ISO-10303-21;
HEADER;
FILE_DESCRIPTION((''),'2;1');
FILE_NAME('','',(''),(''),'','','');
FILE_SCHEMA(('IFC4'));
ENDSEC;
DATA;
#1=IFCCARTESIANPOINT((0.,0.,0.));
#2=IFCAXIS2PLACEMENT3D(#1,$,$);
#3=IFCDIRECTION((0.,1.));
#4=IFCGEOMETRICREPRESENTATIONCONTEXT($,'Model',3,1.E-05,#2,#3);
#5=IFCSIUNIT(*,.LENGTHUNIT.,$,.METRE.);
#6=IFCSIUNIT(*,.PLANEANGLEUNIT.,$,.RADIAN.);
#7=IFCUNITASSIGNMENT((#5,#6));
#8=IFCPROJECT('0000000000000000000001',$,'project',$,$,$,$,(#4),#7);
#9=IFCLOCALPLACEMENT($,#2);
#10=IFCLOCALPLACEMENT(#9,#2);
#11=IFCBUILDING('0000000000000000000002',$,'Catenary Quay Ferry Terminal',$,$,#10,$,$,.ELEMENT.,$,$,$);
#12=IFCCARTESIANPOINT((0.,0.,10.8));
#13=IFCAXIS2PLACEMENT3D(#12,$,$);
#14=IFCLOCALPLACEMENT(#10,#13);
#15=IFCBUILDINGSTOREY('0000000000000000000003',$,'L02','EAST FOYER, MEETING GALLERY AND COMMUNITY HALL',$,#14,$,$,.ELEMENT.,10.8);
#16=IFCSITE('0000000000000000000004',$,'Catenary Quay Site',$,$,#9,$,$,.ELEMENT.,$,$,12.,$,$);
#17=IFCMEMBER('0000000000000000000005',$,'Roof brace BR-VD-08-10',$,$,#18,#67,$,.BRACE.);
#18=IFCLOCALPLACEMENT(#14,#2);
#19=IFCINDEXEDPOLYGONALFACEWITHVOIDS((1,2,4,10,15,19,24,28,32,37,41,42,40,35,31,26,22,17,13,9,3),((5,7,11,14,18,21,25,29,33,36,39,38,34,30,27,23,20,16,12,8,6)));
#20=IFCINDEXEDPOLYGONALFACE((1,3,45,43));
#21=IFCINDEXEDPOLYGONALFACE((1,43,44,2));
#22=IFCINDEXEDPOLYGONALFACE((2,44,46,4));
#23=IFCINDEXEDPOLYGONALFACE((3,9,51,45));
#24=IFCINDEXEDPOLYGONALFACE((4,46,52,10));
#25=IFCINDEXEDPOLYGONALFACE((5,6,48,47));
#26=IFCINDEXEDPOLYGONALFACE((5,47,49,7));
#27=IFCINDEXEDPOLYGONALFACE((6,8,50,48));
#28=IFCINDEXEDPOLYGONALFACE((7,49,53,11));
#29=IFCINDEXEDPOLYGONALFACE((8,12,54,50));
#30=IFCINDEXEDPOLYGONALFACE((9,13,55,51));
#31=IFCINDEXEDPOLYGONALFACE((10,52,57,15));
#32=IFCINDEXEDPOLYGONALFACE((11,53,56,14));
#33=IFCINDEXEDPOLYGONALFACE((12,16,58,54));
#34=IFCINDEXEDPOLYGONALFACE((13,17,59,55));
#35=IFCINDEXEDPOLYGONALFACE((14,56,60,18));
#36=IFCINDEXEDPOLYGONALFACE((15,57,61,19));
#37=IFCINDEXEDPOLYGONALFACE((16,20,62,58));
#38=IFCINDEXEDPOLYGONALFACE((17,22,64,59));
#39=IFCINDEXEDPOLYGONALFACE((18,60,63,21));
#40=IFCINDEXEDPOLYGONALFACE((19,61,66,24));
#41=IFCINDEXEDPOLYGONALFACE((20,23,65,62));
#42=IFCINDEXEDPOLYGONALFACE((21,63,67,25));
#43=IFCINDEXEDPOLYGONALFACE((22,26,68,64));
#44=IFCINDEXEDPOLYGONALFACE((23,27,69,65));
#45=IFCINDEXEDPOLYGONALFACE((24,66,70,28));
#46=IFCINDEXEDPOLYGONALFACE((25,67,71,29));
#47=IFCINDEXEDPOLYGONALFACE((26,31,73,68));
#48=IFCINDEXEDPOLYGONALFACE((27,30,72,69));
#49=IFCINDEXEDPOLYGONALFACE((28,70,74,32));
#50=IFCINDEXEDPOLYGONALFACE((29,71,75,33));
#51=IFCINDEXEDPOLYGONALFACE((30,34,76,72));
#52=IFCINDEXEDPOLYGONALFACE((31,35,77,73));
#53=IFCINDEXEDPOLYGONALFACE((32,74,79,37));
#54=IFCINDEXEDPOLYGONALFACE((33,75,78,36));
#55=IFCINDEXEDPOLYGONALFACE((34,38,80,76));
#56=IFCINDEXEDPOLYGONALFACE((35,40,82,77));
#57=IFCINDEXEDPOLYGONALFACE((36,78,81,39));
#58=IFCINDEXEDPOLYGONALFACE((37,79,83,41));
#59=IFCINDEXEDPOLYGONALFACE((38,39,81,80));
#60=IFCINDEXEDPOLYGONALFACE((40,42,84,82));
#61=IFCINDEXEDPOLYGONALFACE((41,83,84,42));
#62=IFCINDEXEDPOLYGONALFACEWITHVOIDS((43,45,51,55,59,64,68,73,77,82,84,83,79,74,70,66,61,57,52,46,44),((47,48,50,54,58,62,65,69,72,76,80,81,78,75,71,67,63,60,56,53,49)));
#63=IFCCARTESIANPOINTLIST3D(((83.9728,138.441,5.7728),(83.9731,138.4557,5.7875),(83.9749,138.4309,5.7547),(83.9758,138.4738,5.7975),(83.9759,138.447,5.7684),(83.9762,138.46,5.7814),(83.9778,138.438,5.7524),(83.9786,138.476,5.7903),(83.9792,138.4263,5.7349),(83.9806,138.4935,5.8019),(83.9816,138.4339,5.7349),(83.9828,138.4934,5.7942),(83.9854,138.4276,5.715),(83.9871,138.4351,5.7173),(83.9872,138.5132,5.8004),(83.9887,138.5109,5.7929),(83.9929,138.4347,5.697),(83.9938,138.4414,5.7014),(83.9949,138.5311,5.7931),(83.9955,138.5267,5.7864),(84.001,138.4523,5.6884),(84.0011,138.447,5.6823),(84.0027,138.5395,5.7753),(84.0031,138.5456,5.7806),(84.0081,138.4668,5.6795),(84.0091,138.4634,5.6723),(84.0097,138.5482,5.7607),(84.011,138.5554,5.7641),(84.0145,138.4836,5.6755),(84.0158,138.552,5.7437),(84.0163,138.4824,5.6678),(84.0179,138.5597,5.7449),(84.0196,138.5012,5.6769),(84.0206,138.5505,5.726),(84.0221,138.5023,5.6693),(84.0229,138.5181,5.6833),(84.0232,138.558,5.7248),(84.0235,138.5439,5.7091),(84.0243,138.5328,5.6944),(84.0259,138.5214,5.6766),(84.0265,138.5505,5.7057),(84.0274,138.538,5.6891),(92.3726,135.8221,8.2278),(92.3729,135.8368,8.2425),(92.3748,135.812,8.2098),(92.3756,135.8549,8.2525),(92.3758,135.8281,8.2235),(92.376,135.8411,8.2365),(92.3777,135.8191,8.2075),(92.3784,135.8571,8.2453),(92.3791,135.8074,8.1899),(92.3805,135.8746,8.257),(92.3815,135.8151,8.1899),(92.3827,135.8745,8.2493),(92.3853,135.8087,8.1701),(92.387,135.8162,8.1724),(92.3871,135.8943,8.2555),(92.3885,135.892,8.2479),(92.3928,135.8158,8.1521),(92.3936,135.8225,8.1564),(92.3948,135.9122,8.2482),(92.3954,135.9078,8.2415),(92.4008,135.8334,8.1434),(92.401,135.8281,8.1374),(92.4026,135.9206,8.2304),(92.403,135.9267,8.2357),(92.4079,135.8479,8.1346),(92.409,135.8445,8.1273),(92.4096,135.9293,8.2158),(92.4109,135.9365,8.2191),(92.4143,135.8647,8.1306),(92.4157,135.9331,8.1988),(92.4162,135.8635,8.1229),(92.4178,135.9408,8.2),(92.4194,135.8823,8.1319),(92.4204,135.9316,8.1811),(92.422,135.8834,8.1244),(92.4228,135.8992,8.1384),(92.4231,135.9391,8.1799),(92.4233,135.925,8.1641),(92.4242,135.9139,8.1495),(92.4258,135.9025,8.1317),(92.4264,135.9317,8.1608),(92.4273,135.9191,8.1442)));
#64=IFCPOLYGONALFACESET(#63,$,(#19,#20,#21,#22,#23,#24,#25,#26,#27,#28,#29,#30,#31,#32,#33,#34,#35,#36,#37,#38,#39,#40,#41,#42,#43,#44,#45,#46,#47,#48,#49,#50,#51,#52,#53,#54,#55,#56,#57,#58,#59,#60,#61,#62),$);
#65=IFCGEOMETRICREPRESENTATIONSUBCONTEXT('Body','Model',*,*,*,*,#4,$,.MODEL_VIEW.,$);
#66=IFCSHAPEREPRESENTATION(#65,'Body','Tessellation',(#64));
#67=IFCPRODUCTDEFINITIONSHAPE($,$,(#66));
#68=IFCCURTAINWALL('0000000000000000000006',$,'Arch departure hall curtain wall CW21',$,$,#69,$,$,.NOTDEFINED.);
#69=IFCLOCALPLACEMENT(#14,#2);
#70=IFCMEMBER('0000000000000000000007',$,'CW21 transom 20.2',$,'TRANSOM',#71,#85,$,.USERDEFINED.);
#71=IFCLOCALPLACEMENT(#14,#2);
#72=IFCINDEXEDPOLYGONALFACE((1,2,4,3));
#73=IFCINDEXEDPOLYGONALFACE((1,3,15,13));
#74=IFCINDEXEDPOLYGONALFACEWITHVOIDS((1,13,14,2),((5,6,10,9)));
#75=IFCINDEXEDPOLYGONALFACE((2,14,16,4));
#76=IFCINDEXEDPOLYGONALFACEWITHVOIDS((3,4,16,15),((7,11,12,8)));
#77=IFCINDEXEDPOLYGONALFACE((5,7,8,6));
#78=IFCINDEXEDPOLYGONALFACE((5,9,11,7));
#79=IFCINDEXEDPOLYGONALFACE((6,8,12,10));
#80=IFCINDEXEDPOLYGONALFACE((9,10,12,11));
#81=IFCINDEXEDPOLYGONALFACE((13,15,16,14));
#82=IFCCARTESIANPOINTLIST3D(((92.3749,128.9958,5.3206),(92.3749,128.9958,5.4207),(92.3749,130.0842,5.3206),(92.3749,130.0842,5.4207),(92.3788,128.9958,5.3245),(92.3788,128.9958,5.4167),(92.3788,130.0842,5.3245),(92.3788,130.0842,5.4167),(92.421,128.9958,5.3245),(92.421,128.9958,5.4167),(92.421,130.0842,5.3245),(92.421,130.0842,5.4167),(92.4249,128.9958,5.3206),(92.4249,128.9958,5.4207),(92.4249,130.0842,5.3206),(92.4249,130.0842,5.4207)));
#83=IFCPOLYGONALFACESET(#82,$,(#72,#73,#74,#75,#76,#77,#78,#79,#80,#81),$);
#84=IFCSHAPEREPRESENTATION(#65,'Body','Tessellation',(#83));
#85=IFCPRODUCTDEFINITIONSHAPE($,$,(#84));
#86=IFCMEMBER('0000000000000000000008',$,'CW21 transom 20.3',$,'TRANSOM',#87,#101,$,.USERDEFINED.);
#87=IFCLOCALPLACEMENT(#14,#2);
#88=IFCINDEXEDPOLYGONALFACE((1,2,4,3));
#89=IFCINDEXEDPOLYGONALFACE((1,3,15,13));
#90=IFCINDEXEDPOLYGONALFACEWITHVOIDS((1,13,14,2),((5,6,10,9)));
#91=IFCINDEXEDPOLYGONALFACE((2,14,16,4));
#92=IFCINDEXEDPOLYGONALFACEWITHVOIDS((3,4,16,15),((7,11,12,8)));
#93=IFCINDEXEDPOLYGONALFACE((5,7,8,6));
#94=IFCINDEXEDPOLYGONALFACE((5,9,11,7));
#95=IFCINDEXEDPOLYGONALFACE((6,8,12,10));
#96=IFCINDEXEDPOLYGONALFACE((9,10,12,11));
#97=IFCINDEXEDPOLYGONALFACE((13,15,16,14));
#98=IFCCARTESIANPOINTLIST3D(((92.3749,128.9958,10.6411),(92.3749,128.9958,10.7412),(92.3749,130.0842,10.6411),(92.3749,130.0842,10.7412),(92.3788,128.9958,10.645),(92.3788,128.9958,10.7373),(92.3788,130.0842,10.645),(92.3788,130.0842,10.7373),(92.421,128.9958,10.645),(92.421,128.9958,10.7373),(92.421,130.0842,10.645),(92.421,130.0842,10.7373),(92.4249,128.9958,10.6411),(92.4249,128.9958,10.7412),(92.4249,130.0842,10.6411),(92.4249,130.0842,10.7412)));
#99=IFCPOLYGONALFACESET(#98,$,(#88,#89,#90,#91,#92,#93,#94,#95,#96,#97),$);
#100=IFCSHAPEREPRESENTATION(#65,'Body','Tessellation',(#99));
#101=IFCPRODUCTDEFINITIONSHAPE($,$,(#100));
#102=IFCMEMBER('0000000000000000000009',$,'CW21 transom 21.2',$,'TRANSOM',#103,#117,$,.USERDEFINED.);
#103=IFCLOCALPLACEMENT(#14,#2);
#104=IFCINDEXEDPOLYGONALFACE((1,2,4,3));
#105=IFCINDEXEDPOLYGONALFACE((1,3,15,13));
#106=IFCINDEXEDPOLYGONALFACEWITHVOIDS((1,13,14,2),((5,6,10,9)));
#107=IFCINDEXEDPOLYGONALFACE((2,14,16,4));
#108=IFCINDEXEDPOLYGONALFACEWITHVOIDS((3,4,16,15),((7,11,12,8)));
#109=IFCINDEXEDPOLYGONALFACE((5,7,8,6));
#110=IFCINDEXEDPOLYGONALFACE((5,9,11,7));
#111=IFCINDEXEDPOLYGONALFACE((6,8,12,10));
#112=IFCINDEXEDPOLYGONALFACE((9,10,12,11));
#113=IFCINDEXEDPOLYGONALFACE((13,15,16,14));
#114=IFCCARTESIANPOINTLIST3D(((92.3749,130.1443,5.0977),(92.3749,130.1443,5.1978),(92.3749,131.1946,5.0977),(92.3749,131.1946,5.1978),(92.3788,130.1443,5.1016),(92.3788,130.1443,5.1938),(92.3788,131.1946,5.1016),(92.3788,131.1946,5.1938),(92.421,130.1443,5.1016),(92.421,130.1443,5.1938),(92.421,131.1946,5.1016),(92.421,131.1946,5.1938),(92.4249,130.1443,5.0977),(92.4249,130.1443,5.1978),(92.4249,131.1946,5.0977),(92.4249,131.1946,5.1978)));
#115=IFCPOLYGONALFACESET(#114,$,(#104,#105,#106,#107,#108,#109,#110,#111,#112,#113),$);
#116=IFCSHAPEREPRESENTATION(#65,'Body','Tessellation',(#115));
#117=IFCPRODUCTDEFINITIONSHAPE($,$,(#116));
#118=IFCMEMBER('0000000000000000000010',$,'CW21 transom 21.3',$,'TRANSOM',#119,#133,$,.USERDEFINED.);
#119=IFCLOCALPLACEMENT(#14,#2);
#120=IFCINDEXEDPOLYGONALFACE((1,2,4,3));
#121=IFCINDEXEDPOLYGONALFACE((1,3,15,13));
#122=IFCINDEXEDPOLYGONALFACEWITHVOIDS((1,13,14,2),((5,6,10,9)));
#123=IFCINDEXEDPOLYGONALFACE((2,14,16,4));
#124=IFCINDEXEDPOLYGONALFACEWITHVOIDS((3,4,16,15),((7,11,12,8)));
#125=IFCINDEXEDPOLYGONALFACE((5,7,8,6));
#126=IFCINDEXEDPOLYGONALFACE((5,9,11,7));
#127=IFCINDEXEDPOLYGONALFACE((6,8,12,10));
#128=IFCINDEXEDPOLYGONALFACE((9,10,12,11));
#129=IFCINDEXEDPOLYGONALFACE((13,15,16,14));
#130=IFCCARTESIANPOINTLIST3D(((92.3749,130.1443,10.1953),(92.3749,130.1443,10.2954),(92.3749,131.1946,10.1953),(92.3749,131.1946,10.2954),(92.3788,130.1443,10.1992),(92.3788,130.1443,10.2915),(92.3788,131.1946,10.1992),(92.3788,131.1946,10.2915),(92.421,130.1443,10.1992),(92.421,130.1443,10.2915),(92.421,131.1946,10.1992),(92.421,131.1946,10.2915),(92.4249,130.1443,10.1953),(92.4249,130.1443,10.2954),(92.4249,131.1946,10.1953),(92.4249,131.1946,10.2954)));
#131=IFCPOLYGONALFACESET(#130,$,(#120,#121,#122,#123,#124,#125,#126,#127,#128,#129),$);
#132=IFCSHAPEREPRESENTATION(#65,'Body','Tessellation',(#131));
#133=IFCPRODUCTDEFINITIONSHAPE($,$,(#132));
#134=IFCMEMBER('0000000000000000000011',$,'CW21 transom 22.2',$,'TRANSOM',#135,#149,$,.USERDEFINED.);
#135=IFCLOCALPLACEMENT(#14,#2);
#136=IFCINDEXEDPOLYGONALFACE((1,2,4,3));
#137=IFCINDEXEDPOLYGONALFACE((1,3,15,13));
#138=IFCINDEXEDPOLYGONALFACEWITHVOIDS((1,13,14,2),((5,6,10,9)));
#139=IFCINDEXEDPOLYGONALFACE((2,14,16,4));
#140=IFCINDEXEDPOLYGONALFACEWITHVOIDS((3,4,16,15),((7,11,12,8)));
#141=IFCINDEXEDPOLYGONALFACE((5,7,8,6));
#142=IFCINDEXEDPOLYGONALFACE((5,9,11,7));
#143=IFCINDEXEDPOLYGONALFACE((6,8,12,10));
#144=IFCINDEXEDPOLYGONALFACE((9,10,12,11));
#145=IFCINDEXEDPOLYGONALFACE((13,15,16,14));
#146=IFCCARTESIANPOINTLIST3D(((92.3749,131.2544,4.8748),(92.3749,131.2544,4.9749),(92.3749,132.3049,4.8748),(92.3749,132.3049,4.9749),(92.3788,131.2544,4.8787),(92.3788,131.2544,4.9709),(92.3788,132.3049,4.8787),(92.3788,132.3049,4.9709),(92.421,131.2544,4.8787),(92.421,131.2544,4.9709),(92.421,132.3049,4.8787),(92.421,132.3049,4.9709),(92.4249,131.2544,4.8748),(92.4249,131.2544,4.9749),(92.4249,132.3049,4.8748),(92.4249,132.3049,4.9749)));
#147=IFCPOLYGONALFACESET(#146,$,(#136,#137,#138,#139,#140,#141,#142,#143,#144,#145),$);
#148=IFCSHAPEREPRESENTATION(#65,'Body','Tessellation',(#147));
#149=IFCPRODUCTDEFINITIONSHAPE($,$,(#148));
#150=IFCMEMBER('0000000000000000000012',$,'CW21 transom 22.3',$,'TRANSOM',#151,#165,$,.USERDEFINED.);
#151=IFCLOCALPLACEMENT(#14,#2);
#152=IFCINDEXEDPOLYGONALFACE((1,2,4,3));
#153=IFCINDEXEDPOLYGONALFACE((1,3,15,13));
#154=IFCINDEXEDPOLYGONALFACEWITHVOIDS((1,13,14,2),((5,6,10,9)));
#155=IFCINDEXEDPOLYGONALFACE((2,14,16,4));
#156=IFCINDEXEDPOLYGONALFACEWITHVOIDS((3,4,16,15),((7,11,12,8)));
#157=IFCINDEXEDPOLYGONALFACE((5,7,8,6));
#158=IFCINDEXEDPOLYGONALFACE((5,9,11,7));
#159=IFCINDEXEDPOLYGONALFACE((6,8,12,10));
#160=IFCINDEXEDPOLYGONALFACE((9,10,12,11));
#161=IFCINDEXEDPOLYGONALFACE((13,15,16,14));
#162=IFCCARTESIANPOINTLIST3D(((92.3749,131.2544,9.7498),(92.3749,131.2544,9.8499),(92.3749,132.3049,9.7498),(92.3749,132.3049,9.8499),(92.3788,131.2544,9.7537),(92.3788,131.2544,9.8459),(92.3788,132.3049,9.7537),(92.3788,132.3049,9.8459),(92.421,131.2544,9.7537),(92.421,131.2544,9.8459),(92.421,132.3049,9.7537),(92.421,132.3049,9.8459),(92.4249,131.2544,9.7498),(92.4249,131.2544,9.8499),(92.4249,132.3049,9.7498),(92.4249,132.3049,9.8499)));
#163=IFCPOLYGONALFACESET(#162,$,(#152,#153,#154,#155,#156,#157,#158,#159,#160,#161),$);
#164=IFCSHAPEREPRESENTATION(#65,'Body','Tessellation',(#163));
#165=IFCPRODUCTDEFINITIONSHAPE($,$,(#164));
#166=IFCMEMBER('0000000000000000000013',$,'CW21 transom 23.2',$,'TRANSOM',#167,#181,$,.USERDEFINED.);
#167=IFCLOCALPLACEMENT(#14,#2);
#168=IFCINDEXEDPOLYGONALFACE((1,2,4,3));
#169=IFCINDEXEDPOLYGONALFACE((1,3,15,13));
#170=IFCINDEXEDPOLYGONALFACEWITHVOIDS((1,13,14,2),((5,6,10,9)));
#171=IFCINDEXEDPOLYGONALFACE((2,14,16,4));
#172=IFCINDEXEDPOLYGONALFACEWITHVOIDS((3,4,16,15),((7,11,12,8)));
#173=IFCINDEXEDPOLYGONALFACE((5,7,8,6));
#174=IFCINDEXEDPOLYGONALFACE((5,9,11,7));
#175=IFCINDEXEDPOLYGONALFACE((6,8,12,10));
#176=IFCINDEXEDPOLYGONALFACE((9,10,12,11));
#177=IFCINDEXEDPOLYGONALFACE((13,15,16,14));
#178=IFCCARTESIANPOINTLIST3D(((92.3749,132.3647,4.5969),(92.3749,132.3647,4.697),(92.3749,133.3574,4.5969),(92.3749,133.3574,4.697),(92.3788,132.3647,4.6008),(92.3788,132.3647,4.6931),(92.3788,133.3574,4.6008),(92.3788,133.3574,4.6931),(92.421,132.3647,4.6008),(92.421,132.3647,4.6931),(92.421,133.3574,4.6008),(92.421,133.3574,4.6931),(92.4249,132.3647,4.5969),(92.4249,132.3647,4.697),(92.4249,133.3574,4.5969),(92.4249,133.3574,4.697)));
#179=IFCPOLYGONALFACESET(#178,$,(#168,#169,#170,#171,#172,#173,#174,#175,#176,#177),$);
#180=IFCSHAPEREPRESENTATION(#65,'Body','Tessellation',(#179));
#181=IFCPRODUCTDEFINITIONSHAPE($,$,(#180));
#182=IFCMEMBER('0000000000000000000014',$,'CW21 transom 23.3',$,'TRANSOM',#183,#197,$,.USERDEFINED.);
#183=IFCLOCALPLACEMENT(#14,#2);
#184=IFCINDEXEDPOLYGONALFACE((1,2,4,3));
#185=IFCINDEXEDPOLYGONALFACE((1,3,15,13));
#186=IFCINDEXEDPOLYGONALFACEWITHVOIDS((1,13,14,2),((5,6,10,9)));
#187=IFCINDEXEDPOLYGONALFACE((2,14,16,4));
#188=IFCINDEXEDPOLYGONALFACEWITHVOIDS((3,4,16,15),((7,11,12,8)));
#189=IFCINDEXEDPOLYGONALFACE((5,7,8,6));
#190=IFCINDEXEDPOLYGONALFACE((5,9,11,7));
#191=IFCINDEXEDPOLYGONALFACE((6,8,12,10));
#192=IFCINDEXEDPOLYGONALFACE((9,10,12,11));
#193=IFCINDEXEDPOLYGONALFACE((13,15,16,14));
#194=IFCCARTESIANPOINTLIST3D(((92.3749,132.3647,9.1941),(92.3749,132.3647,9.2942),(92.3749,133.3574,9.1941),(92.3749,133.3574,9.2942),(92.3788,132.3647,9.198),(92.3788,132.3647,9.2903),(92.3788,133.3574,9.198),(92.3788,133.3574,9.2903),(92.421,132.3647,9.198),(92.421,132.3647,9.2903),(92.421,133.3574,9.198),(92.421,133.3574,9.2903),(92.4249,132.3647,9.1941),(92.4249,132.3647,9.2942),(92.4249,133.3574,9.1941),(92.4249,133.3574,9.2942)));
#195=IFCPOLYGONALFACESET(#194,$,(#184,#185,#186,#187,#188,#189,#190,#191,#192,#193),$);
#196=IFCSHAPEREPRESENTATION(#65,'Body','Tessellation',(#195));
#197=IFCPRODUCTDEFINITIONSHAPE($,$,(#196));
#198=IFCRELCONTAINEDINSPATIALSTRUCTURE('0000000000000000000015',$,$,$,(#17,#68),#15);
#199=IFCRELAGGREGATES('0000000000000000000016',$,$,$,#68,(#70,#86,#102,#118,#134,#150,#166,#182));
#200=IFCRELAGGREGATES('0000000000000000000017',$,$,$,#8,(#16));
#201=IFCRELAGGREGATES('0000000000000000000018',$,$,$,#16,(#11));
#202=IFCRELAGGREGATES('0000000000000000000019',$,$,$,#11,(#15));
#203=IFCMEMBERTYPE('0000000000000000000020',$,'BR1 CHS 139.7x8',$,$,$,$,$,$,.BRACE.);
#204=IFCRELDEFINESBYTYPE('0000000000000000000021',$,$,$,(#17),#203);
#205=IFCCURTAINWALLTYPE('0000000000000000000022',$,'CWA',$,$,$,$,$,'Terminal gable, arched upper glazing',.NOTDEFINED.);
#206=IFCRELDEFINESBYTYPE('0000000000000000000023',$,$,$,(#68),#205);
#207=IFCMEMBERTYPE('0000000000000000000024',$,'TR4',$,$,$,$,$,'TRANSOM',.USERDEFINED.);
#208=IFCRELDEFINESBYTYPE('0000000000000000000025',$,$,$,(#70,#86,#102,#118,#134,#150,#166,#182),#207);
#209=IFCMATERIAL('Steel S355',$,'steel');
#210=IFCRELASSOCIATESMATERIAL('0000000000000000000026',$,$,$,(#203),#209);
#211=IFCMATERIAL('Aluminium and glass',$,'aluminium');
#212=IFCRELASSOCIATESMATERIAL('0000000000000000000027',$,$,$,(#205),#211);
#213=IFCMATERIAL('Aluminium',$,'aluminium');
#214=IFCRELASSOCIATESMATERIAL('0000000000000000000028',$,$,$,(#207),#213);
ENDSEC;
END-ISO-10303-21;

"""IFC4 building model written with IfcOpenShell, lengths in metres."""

from ifc_helpers import new_model, si_unit, direction, frame, origin, origin_2d, place, context, subcontext, project, spatial, hollow_rectangle, hollow_circle, extrude, material, material_profile, profile_set, type_object, element, aggregate, save


model = new_model("IFC4")

# Units and contexts
model_context = context("Model", 3, precision=1e-05, world=origin(), true_north=direction((0.0, 1.0)))
body_context = subcontext(model_context, "Body", "Model", "MODEL_VIEW")
ifc_project = project(units=[si_unit("LENGTHUNIT", "METRE"), si_unit("PLANEANGLEUNIT", "RADIAN")], contexts=[model_context])

# Site, building, storey
site_placement = place(None, origin())
site = spatial("IfcSite", under=ifc_project, at=site_placement, Name="Catenary Quay Site", CompositionType="ELEMENT", RefElevation=12.0)
building_placement = place(site_placement, origin())
building = spatial("IfcBuilding", under=site, at=building_placement, Name="Catenary Quay Ferry Terminal", CompositionType="ELEMENT")
storey_placement = place(building_placement, frame((0.0, 0.0, 10.8)))
storey = spatial("IfcBuildingStorey", under=building, at=storey_placement, Name="L02", Description="EAST FOYER, MEETING GALLERY AND COMMUNITY HALL", CompositionType="ELEMENT", Elevation=10.8)

# Member
ifc_material_1 = material(Name="Steel S355", Category="steel")
ifc_material_profile_1 = material_profile(ifc_material_1, hollow_circle(Radius=0.0698, WallThickness=0.0081, at=origin_2d()), Name="CHS 139.7x8")
ifc_profile_set_1 = profile_set([ifc_material_profile_1], Name="Steel S355")
member_type_1 = type_object("IfcMemberType", Name="BR1 CHS 139.7x8", PredefinedType="BRACE", material=ifc_profile_set_1)
member_1_placement = place(storey_placement, frame((92.3999, 135.874, 8.1899), z_axis=(-0.919551, 0.286695, -0.268761), x_axis=(-0.297646, -0.954676, 0.0)))
element("IfcMember", 1, at=member_1_placement, inside=storey, type_object=member_type_1, Name="Roof brace BR-VD-08-10", PredefinedType="BRACE", context=body_context, shape_type="SweptSolid", body=[
    extrude(hollow_circle(Radius=0.0698, WallThickness=0.0081, at=origin_2d()), origin(), (0.0, 0.0, 1.0), 9.1348),
])

# Curtain wall, members
ifc_material_2 = material(Name="Aluminium and glass", Category="aluminium")
curtain_wall_type = type_object("IfcCurtainWallType", Name="CWA", ElementType="Terminal gable, arched upper glazing", PredefinedType="NOTDEFINED", material=ifc_material_2)
curtain_wall_placement = place(storey_placement, origin())
curtain_wall = element("IfcCurtainWall", 2, at=curtain_wall_placement, inside=storey, type_object=curtain_wall_type, Name="Arch departure hall curtain wall CW21", PredefinedType="NOTDEFINED")
ifc_material_3 = material(Name="Aluminium", Category="aluminium")
ifc_material_profile_2 = material_profile(ifc_material_3, hollow_rectangle(XDim=0.05, YDim=0.1001, WallThickness=0.0039, at=origin_2d()), Name="TR4")
ifc_profile_set_2 = profile_set([ifc_material_profile_2], Name="Aluminium")
member_type_2 = type_object("IfcMemberType", Name="TR4", ElementType="TRANSOM", PredefinedType="USERDEFINED", material=ifc_profile_set_2)
member_2_placement = place(storey_placement, frame((92.3999, 128.9958, 5.3706), z_axis=(0.0, 1.0, 0.0), x_axis=(-1.0, 0.0, 0.0)))
member_2 = element("IfcMember", 3, at=member_2_placement, type_object=member_type_2, Name="CW21 transom 20.2", ObjectType="TRANSOM", PredefinedType="USERDEFINED", context=body_context, shape_type="SweptSolid", body=[
    extrude(hollow_rectangle(XDim=0.05, YDim=0.1001, WallThickness=0.0039, at=origin_2d()), origin(), (0.0, 0.0, 1.0), 1.0884),
])
member_3_placement = place(storey_placement, frame((92.3999, 128.9958, 10.6912), z_axis=(0.0, 1.0, 0.0), x_axis=(-1.0, 0.0, 0.0)))
member_3 = element("IfcMember", 4, at=member_3_placement, type_object=member_type_2, Name="CW21 transom 20.3", ObjectType="TRANSOM", PredefinedType="USERDEFINED", context=body_context, shape_type="SweptSolid", body=[
    extrude(hollow_rectangle(XDim=0.05, YDim=0.1001, WallThickness=0.0039, at=origin_2d()), origin(), (0.0, 0.0, 1.0), 1.0884),
])
member_4_placement = place(storey_placement, frame((92.3999, 130.1443, 5.1477), z_axis=(0.0, 1.0, 0.0), x_axis=(-1.0, 0.0, 0.0)))
member_4 = element("IfcMember", 5, at=member_4_placement, type_object=member_type_2, Name="CW21 transom 21.2", ObjectType="TRANSOM", PredefinedType="USERDEFINED", context=body_context, shape_type="SweptSolid", body=[
    extrude(hollow_rectangle(XDim=0.05, YDim=0.1001, WallThickness=0.0039, at=origin_2d()), origin(), (0.0, 0.0, 1.0), 1.0503),
])
member_5_placement = place(storey_placement, frame((92.3999, 130.1443, 10.2454), z_axis=(0.0, 1.0, 0.0), x_axis=(-1.0, 0.0, 0.0)))
member_5 = element("IfcMember", 6, at=member_5_placement, type_object=member_type_2, Name="CW21 transom 21.3", ObjectType="TRANSOM", PredefinedType="USERDEFINED", context=body_context, shape_type="SweptSolid", body=[
    extrude(hollow_rectangle(XDim=0.05, YDim=0.1001, WallThickness=0.0039, at=origin_2d()), origin(), (0.0, 0.0, 1.0), 1.0503),
])
member_6_placement = place(storey_placement, frame((92.3999, 131.2544, 4.9248), z_axis=(0.0, 1.0, 0.0), x_axis=(-1.0, 0.0, 0.0)))
member_6 = element("IfcMember", 7, at=member_6_placement, type_object=member_type_2, Name="CW21 transom 22.2", ObjectType="TRANSOM", PredefinedType="USERDEFINED", context=body_context, shape_type="SweptSolid", body=[
    extrude(hollow_rectangle(XDim=0.05, YDim=0.1001, WallThickness=0.0039, at=origin_2d()), origin(), (0.0, 0.0, 1.0), 1.0505),
])
member_7_placement = place(storey_placement, frame((92.3999, 131.2544, 9.7998), z_axis=(0.0, 1.0, 0.0), x_axis=(-1.0, 0.0, 0.0)))
member_7 = element("IfcMember", 8, at=member_7_placement, type_object=member_type_2, Name="CW21 transom 22.3", ObjectType="TRANSOM", PredefinedType="USERDEFINED", context=body_context, shape_type="SweptSolid", body=[
    extrude(hollow_rectangle(XDim=0.05, YDim=0.1001, WallThickness=0.0039, at=origin_2d()), origin(), (0.0, 0.0, 1.0), 1.0505),
])
member_8_placement = place(storey_placement, frame((92.3999, 132.3647, 4.647), z_axis=(0.0, 1.0, 0.0), x_axis=(-1.0, 0.0, 0.0)))
member_8 = element("IfcMember", 9, at=member_8_placement, type_object=member_type_2, Name="CW21 transom 23.2", ObjectType="TRANSOM", PredefinedType="USERDEFINED", context=body_context, shape_type="SweptSolid", body=[
    extrude(hollow_rectangle(XDim=0.05, YDim=0.1001, WallThickness=0.0039, at=origin_2d()), origin(), (0.0, 0.0, 1.0), 0.9927),
])
member_9_placement = place(storey_placement, frame((92.3999, 132.3647, 9.2441), z_axis=(0.0, 1.0, 0.0), x_axis=(-1.0, 0.0, 0.0)))
member_9 = element("IfcMember", 10, at=member_9_placement, type_object=member_type_2, Name="CW21 transom 23.3", ObjectType="TRANSOM", PredefinedType="USERDEFINED", context=body_context, shape_type="SweptSolid", body=[
    extrude(hollow_rectangle(XDim=0.05, YDim=0.1001, WallThickness=0.0039, at=origin_2d()), origin(), (0.0, 0.0, 1.0), 0.9927),
])

aggregate(curtain_wall, [member_2, member_3, member_4, member_5, member_6, member_7, member_8, member_9])

save(model, "model.ifc")
